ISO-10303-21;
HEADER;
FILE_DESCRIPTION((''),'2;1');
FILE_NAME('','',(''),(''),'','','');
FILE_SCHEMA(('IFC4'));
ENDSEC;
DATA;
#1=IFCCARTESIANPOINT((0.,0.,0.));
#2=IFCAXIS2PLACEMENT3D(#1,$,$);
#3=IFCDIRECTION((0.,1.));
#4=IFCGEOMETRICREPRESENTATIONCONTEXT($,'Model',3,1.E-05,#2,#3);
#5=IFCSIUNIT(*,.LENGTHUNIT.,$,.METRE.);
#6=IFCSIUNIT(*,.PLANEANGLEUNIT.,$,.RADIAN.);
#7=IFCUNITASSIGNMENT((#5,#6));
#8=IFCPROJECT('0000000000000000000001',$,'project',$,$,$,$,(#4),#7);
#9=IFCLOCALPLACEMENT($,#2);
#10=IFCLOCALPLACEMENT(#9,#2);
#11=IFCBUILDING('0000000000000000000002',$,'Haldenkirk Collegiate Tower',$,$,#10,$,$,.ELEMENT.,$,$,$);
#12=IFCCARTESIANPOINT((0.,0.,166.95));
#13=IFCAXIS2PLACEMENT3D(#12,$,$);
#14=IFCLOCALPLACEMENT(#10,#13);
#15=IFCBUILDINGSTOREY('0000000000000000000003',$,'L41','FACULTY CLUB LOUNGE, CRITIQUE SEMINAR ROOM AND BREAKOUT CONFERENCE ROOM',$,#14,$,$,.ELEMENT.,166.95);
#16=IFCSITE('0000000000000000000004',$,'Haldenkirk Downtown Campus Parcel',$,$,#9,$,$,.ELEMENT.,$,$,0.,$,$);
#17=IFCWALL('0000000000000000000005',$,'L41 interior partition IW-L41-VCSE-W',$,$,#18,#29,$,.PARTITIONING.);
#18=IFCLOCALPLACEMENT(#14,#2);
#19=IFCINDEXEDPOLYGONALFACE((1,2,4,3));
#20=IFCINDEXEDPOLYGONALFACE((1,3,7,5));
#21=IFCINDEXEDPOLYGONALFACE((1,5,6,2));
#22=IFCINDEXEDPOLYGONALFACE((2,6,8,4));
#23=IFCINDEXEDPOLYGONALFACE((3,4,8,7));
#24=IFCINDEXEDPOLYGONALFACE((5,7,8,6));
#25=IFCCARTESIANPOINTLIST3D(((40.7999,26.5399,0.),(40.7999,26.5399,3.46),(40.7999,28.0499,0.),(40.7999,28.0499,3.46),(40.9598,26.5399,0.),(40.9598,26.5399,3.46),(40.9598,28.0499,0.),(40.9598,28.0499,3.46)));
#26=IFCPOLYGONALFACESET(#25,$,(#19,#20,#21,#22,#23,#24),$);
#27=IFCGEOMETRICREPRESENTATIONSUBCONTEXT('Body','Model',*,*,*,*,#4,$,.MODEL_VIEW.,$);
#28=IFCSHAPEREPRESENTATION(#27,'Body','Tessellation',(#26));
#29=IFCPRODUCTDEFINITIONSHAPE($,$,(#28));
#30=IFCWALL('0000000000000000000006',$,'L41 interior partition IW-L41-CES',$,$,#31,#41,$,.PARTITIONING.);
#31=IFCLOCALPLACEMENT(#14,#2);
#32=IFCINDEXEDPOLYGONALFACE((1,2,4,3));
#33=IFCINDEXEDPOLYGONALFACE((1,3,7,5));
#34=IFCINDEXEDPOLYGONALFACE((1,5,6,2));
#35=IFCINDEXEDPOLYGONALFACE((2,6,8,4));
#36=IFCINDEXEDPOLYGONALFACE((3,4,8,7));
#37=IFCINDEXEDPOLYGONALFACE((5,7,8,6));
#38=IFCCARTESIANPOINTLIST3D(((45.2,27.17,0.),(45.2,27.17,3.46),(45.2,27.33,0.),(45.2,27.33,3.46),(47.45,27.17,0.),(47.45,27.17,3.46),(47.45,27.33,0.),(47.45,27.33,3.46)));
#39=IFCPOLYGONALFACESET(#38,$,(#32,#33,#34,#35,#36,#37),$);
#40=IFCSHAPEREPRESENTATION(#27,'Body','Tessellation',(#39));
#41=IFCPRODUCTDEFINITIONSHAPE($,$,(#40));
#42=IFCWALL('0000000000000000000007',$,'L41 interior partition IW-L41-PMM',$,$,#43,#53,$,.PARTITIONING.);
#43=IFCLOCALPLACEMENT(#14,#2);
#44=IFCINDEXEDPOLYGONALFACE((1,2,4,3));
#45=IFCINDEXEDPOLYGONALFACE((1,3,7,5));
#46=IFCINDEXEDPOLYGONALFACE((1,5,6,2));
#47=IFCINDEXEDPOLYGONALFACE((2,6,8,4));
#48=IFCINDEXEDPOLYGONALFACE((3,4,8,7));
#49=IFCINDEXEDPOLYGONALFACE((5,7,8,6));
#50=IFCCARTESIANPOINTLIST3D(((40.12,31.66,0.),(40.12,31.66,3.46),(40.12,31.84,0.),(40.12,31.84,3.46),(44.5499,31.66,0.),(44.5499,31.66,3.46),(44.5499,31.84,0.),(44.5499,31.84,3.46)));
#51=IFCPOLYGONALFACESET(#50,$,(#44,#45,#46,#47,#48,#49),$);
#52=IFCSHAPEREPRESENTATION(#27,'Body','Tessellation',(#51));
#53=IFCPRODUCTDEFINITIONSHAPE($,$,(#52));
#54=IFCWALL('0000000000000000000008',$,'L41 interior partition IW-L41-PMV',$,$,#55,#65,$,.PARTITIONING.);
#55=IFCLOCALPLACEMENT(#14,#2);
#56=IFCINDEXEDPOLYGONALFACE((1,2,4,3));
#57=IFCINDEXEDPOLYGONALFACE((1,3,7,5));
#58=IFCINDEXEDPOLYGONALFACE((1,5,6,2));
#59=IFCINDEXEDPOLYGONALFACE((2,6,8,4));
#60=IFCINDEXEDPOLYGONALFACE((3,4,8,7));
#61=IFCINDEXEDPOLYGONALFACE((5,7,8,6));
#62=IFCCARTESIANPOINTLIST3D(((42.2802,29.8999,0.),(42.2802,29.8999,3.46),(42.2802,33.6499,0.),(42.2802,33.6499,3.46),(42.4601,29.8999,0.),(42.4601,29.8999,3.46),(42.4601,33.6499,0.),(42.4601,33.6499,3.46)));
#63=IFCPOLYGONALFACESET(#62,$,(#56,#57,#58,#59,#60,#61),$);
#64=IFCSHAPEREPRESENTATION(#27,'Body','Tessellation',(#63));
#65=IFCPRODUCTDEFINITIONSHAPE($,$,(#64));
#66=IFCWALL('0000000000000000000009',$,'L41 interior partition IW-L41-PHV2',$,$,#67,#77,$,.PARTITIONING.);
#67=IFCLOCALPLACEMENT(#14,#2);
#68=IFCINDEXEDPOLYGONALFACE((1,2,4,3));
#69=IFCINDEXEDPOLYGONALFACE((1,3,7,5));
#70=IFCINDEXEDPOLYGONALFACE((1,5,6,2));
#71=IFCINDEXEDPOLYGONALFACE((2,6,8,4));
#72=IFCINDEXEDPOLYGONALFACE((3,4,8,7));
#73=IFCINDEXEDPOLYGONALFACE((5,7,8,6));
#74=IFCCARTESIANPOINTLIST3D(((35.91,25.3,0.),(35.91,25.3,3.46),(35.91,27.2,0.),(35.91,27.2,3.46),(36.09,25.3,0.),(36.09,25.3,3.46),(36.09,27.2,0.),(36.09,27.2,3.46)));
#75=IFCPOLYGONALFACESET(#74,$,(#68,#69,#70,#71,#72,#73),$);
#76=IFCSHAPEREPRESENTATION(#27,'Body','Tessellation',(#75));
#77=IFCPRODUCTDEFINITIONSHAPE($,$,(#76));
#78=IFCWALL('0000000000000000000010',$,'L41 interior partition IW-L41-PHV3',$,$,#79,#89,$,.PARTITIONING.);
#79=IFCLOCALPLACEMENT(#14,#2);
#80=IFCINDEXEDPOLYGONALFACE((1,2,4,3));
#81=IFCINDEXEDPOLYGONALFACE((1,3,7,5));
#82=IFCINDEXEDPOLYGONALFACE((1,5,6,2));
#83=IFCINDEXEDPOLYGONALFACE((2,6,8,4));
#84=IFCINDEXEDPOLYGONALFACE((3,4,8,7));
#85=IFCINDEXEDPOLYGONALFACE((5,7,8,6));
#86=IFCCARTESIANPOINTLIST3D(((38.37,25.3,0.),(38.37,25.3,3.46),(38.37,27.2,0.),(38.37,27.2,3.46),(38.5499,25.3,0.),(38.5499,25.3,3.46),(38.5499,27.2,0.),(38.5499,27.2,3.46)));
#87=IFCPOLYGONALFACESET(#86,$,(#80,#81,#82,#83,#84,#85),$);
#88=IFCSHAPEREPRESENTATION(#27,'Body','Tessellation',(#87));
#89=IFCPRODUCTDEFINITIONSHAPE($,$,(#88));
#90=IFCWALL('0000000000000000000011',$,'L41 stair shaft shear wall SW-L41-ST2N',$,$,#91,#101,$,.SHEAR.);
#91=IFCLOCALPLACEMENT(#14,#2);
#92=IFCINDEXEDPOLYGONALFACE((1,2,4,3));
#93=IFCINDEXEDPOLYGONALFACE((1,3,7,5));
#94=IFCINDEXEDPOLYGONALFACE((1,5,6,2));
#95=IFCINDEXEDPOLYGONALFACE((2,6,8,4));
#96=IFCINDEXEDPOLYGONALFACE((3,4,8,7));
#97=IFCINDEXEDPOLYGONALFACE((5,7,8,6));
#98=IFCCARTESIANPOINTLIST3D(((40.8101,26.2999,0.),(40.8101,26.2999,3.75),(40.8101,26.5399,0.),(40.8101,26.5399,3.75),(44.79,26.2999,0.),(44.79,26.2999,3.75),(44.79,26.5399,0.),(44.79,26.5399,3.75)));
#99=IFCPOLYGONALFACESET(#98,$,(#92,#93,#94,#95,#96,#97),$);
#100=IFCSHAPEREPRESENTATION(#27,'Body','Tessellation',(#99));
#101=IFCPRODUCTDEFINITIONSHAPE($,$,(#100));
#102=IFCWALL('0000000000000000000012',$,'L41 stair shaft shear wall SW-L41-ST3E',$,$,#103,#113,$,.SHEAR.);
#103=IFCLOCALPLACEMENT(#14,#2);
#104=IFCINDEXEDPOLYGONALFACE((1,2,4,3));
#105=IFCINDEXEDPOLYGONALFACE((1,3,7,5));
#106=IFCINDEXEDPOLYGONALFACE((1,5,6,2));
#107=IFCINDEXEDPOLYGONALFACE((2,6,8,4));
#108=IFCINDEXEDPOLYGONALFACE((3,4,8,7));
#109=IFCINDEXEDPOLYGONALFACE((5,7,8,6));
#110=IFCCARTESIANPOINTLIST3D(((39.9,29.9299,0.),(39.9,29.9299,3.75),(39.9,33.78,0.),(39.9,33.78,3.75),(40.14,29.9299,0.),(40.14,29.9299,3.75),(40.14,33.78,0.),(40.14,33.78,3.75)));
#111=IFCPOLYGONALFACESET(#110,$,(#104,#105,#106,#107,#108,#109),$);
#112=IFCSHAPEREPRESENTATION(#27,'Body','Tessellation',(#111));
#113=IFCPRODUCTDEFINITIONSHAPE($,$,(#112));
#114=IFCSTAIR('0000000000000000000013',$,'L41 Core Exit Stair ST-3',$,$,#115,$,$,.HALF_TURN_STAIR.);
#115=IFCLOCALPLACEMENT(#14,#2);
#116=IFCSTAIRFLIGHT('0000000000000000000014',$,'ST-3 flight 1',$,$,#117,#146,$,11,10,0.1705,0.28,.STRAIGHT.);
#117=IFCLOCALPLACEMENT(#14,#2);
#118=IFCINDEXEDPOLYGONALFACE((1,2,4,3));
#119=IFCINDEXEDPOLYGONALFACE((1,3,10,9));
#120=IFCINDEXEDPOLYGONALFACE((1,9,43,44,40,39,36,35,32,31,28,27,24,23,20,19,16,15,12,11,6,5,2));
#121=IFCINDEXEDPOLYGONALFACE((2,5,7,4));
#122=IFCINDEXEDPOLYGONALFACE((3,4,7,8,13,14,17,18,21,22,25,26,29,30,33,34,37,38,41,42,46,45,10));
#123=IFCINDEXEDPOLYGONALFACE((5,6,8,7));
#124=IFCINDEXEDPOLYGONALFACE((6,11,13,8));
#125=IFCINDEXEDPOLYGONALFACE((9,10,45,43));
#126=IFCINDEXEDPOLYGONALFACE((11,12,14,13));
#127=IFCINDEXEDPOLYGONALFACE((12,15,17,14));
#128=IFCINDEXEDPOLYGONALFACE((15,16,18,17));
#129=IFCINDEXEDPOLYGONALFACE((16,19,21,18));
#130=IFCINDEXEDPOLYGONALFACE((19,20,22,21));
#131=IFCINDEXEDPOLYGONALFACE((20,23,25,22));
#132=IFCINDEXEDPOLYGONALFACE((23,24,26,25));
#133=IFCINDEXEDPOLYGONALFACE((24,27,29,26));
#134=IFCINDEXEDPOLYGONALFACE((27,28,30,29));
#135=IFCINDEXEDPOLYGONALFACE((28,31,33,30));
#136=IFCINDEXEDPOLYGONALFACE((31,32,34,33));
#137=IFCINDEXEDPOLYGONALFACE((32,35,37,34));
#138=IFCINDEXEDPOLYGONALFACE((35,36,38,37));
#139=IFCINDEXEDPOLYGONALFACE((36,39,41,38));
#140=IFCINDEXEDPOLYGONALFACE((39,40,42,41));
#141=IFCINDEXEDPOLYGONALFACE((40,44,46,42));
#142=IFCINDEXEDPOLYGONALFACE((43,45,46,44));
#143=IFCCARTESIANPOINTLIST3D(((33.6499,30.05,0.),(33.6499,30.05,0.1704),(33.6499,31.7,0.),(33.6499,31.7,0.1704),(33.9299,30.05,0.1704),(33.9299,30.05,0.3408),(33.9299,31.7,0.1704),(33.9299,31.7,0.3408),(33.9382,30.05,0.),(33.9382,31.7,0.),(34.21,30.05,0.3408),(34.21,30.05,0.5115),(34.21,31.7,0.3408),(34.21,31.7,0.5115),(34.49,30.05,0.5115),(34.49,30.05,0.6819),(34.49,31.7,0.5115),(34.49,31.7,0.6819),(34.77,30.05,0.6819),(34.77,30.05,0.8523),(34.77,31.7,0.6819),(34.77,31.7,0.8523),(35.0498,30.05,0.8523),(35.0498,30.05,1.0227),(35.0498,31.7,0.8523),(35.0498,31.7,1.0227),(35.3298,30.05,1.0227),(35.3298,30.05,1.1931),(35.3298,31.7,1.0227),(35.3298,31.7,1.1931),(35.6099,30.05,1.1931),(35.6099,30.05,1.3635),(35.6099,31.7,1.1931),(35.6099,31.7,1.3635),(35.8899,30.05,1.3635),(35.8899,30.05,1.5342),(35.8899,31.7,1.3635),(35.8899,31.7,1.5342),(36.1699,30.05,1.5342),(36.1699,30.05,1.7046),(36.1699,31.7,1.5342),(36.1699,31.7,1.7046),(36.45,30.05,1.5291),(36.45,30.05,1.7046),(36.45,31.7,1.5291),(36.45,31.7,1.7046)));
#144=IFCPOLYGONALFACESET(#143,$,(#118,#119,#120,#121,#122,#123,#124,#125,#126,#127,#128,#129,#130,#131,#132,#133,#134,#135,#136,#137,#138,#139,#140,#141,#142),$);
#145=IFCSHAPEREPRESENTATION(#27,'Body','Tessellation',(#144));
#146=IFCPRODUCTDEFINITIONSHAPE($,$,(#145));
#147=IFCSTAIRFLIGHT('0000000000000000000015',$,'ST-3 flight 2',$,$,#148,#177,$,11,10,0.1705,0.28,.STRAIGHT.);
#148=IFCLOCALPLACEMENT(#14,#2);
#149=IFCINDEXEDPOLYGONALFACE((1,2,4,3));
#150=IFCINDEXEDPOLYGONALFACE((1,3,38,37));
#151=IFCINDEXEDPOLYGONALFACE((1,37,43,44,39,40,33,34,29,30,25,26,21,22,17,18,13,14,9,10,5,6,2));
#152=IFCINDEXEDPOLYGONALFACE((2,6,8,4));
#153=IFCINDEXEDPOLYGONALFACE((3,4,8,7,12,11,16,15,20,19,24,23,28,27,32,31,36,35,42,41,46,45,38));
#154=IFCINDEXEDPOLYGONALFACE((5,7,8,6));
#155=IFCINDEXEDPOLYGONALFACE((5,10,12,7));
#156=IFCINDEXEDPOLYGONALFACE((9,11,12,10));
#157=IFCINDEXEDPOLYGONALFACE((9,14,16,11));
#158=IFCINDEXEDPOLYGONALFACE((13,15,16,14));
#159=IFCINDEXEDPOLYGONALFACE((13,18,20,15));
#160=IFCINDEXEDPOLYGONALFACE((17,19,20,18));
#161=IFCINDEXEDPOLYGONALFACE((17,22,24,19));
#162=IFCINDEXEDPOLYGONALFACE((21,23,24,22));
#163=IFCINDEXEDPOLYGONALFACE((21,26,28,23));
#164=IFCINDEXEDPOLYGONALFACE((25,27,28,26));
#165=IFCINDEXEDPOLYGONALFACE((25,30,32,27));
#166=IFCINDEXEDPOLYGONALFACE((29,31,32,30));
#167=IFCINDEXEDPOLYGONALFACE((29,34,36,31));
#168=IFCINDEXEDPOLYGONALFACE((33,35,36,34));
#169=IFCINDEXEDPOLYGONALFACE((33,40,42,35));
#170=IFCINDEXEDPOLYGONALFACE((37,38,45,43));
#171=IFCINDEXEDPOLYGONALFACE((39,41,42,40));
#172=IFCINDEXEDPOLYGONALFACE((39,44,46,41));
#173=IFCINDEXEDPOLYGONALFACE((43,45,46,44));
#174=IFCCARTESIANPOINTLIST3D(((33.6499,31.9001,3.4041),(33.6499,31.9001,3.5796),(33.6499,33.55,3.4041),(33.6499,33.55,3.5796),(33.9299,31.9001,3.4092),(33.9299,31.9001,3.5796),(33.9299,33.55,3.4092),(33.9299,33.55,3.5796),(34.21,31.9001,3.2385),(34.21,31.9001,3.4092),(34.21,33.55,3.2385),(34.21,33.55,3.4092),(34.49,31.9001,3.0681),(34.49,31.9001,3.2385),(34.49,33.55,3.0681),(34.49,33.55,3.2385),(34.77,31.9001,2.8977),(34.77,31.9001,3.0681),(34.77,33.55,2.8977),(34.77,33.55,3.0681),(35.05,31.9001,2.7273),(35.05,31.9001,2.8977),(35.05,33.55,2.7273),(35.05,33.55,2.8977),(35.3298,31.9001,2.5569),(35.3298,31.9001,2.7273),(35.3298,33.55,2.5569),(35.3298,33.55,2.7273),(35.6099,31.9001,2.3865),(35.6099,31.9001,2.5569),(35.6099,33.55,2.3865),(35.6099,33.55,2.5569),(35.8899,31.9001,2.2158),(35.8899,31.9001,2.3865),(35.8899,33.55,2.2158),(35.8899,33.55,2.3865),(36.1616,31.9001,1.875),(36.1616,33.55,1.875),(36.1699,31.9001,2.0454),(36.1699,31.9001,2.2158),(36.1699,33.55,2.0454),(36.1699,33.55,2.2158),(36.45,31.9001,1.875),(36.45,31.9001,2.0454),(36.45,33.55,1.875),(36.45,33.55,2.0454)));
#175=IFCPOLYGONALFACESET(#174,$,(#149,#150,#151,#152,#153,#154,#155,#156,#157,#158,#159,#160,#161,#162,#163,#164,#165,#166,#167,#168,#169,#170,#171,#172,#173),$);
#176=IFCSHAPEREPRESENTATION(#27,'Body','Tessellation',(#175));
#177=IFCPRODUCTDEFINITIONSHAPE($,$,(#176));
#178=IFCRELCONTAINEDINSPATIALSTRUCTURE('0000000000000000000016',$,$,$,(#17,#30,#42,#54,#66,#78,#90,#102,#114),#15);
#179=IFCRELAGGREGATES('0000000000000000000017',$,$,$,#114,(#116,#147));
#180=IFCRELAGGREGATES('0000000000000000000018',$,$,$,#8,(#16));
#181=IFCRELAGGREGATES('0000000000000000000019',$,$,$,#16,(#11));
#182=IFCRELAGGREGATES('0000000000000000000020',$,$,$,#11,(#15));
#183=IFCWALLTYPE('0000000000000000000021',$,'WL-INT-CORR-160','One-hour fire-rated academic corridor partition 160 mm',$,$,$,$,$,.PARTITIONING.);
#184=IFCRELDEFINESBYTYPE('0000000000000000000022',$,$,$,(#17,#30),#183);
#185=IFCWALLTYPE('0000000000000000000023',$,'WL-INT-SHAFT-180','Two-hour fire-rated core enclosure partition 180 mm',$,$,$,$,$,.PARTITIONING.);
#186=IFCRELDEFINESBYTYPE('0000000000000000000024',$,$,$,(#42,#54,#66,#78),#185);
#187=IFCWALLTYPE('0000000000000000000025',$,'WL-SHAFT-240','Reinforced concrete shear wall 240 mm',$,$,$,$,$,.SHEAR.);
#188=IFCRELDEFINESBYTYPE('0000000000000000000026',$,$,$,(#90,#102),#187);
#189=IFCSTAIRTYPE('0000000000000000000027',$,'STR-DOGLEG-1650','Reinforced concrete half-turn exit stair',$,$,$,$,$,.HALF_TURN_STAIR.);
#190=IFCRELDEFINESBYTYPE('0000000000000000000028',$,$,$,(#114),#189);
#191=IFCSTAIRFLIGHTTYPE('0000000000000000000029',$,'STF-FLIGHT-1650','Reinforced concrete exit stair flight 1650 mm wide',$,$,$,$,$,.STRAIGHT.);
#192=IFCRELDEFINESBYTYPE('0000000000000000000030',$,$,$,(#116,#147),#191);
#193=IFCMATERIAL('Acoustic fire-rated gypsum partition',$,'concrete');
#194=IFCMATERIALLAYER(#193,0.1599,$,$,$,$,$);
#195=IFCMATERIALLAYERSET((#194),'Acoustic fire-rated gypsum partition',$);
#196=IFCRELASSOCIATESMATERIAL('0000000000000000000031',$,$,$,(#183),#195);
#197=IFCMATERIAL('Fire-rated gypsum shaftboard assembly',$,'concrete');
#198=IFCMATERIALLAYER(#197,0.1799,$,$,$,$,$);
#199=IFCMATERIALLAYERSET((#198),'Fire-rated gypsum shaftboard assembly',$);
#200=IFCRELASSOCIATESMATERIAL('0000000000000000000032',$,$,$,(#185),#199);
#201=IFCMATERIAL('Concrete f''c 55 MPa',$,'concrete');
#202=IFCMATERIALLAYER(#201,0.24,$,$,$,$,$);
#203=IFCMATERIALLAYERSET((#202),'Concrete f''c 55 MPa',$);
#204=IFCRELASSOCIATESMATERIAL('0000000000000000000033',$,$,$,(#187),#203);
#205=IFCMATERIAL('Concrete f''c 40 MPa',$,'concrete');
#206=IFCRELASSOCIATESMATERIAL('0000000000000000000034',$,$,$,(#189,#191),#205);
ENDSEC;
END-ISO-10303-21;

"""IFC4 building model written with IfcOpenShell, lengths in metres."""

from ifc_helpers import new_model, si_unit, direction, frame, frame_2d, origin, place, context, subcontext, project, spatial, polyline, rectangle, outline, extrude, material, layer, layer_set, type_object, element, aggregate, save


model = new_model("IFC4")

# Units and contexts
model_context = context("Model", 3, precision=1e-05, world=origin(), true_north=direction((0.0, 1.0)))
body_context = subcontext(model_context, "Body", "Model", "MODEL_VIEW")
ifc_project = project(units=[si_unit("LENGTHUNIT", "METRE"), si_unit("PLANEANGLEUNIT", "RADIAN")], contexts=[model_context])

# Site, building, storey
site_placement = place(None, origin())
site = spatial("IfcSite", under=ifc_project, at=site_placement, Name="Haldenkirk Downtown Campus Parcel", CompositionType="ELEMENT", RefElevation=0.0)
building_placement = place(site_placement, origin())
building = spatial("IfcBuilding", under=site, at=building_placement, Name="Haldenkirk Collegiate Tower", CompositionType="ELEMENT")
storey_placement = place(building_placement, frame((0.0, 0.0, 166.95)))
storey = spatial("IfcBuildingStorey", under=building, at=storey_placement, Name="L41", Description="FACULTY CLUB LOUNGE, CRITIQUE SEMINAR ROOM AND BREAKOUT CONFERENCE ROOM", CompositionType="ELEMENT", Elevation=166.95)

# Shared definitions
ifc_material_1 = material(Name="Acoustic fire-rated gypsum partition", Category="concrete")
ifc_layer_1 = layer(ifc_material_1, 0.1599)
ifc_layer_set_1 = layer_set([ifc_layer_1], Name="Acoustic fire-rated gypsum partition")
wall_type_1 = type_object("IfcWallType", Name="WL-INT-CORR-160", Description="One-hour fire-rated academic corridor partition 160 mm", PredefinedType="PARTITIONING", material=ifc_layer_set_1)

# Walls
wall_1_placement = place(storey_placement, frame((40.8799, 26.54, 0.0), z_axis=(0.0, 0.0, 1.0), x_axis=(0.0, 1.0, 0.0)))
element("IfcWall", 1, at=wall_1_placement, inside=storey, type_object=wall_type_1, Name="L41 interior partition IW-L41-VCSE-W", PredefinedType="PARTITIONING", context=body_context, shape_type="SweptSolid", body=[
    extrude(rectangle(XDim=1.51, YDim=0.1599, at=frame_2d((0.7549, 0.0))), origin(), (0.0, 0.0, 1.0), 3.46),
])
wall_2_placement = place(storey_placement, frame((45.2, 27.25, 0.0), z_axis=(0.0, 0.0, 1.0), x_axis=(1.0, 0.0, 0.0)))
element("IfcWall", 2, at=wall_2_placement, inside=storey, type_object=wall_type_1, Name="L41 interior partition IW-L41-CES", PredefinedType="PARTITIONING", context=body_context, shape_type="SweptSolid", body=[
    extrude(rectangle(XDim=2.25, YDim=0.1599, at=frame_2d((1.125, 0.0))), origin(), (0.0, 0.0, 1.0), 3.46),
])

# Shared definitions
ifc_material_2 = material(Name="Fire-rated gypsum shaftboard assembly", Category="concrete")
ifc_layer_2 = layer(ifc_material_2, 0.1799)
ifc_layer_set_2 = layer_set([ifc_layer_2], Name="Fire-rated gypsum shaftboard assembly")
wall_type_2 = type_object("IfcWallType", Name="WL-INT-SHAFT-180", Description="Two-hour fire-rated core enclosure partition 180 mm", PredefinedType="PARTITIONING", material=ifc_layer_set_2)

# Walls
wall_3_placement = place(storey_placement, frame((40.1201, 31.75, 0.0), z_axis=(0.0, 0.0, 1.0), x_axis=(1.0, 0.0, 0.0)))
element("IfcWall", 3, at=wall_3_placement, inside=storey, type_object=wall_type_2, Name="L41 interior partition IW-L41-PMM", PredefinedType="PARTITIONING", context=body_context, shape_type="SweptSolid", body=[
    extrude(rectangle(XDim=4.4299, YDim=0.1799, at=frame_2d((2.2148, 0.0))), origin(), (0.0, 0.0, 1.0), 3.46),
])
wall_4_placement = place(storey_placement, frame((42.3701, 29.8999, 0.0), z_axis=(0.0, 0.0, 1.0), x_axis=(0.0, 1.0, 0.0)))
element("IfcWall", 4, at=wall_4_placement, inside=storey, type_object=wall_type_2, Name="L41 interior partition IW-L41-PMV", PredefinedType="PARTITIONING", context=body_context, shape_type="SweptSolid", body=[
    extrude(rectangle(XDim=3.75, YDim=0.1799, at=frame_2d((1.875, 0.0))), origin(), (0.0, 0.0, 1.0), 3.46),
])
for number, where, z_axis, x_axis, name in (
    (5, (36.0, 25.3, 0.0), (0.0, 0.0, 1.0), (0.0, 1.0, 0.0), "L41 interior partition IW-L41-PHV2"),
    (6, (38.46, 25.3, 0.0), (0.0, 0.0, 1.0), (0.0, 1.0, 0.0), "L41 interior partition IW-L41-PHV3"),
):
    element("IfcWall", number, at=place(storey_placement, frame(where, z_axis=z_axis, x_axis=x_axis)), inside=storey, type_object=wall_type_2, Name=name, PredefinedType="PARTITIONING", context=body_context, shape_type="SweptSolid", body=[
        extrude(rectangle(XDim=1.8999, YDim=0.1799, at=frame_2d((0.95, 0.0))), origin(), (0.0, 0.0, 1.0), 3.46),
    ])
ifc_material_3 = material(Name="Concrete f'c 55 MPa", Category="concrete")
ifc_layer_3 = layer(ifc_material_3, 0.24)
ifc_layer_set_3 = layer_set([ifc_layer_3], Name="Concrete f'c 55 MPa")
wall_type_3 = type_object("IfcWallType", Name="WL-SHAFT-240", Description="Reinforced concrete shear wall 240 mm", PredefinedType="SHEAR", material=ifc_layer_set_3)
wall_5_placement = place(storey_placement, frame((40.8101, 26.4199, 0.0), z_axis=(0.0, 0.0, 1.0), x_axis=(1.0, 0.0, 0.0)))
element("IfcWall", 7, at=wall_5_placement, inside=storey, type_object=wall_type_3, Name="L41 stair shaft shear wall SW-L41-ST2N", PredefinedType="SHEAR", context=body_context, shape_type="SweptSolid", body=[
    extrude(rectangle(XDim=3.98, YDim=0.24, at=frame_2d((1.99, 0.0))), origin(), (0.0, 0.0, 1.0), 3.75),
])
wall_6_placement = place(storey_placement, frame((40.02, 29.9299, 0.0), z_axis=(0.0, 0.0, 1.0), x_axis=(0.0, 1.0, 0.0)))
element("IfcWall", 8, at=wall_6_placement, inside=storey, type_object=wall_type_3, Name="L41 stair shaft shear wall SW-L41-ST3E", PredefinedType="SHEAR", context=body_context, shape_type="SweptSolid", body=[
    extrude(rectangle(XDim=3.8501, YDim=0.24, at=frame_2d((1.925, 0.0))), origin(), (0.0, 0.0, 1.0), 3.75),
])

# Stair, stair flights
ifc_material_4 = material(Name="Concrete f'c 40 MPa", Category="concrete")
stair_type = type_object("IfcStairType", Name="STR-DOGLEG-1650", Description="Reinforced concrete half-turn exit stair", PredefinedType="HALF_TURN_STAIR", material=ifc_material_4)
stair_placement = place(storey_placement, origin())
stair = element("IfcStair", 9, at=stair_placement, inside=storey, type_object=stair_type, Name="L41 Core Exit Stair ST-3", PredefinedType="HALF_TURN_STAIR")
stair_flight_type = type_object("IfcStairFlightType", Name="STF-FLIGHT-1650", Description="Reinforced concrete exit stair flight 1650 mm wide", PredefinedType="STRAIGHT", material=ifc_material_4)
stair_flight_1_placement = place(storey_placement, frame((33.6499, 30.875, 0.0), z_axis=(0.0, 0.0, 1.0), x_axis=(1.0, 0.0, 0.0)))
stair_flight_1 = element("IfcStairFlight", 10, at=stair_flight_1_placement, type_object=stair_flight_type, Name="ST-3 flight 1", NumberOfRisers=11, NumberOfTreads=10, PredefinedType="STRAIGHT", RiserHeight=0.1705, TreadLength=0.28, context=body_context, shape_type="SweptSolid", body=[
    extrude(outline(polyline([(0.0, 0.0), (0.0, 0.1704), (0.28, 0.1704), (0.28, 0.3408), (0.5601, 0.3408), (0.5601, 0.5115), (0.8401, 0.5115), (0.8401, 0.6819), (1.1201, 0.6819), (1.1201, 0.8523), (1.3999, 0.8523), (1.3999, 1.0227), (1.6799, 1.0227), (1.6799, 1.1931), (1.96, 1.1931), (1.96, 1.3635), (2.24, 1.3635), (2.24, 1.5342), (2.52, 1.5342), (2.52, 1.7046), (2.8, 1.7046), (2.8, 1.875), (2.8, 1.5291), (0.2883, 0.0), (0.0, 0.0)])), frame((0.0, 0.825, 0.0), z_axis=(0.0, -1.0, 0.0), x_axis=(1.0, 0.0, 0.0)), (0.0, 0.0, 1.0), 1.6499),
])
stair_flight_2_placement = place(storey_placement, frame((36.45, 32.7251, 1.875), z_axis=(0.0, 0.0, 1.0), x_axis=(-1.0, 0.0, 0.0)))
stair_flight_2 = element("IfcStairFlight", 11, at=stair_flight_2_placement, type_object=stair_flight_type, Name="ST-3 flight 2", NumberOfRisers=11, NumberOfTreads=10, PredefinedType="STRAIGHT", RiserHeight=0.1705, TreadLength=0.28, context=body_context, shape_type="SweptSolid", body=[
    extrude(outline(polyline([(0.0, 0.0), (0.0, 0.1704), (0.28, 0.1704), (0.28, 0.3408), (0.5601, 0.3408), (0.5601, 0.5115), (0.8401, 0.5115), (0.8401, 0.6819), (1.1201, 0.6819), (1.1201, 0.8523), (1.3999, 0.8523), (1.3999, 1.0227), (1.6799, 1.0227), (1.6799, 1.1931), (1.96, 1.1931), (1.96, 1.3635), (2.24, 1.3635), (2.24, 1.5342), (2.52, 1.5342), (2.52, 1.7046), (2.8, 1.7046), (2.8, 1.875), (2.8, 1.5291), (0.2883, 0.0), (0.0, 0.0)])), frame((0.0, 0.825, 0.0), z_axis=(0.0, -1.0, 0.0), x_axis=(1.0, 0.0, 0.0)), (0.0, 0.0, 1.0), 1.6499),
])
aggregate(stair, [stair_flight_1, stair_flight_2])

save(model, "model.ifc")
